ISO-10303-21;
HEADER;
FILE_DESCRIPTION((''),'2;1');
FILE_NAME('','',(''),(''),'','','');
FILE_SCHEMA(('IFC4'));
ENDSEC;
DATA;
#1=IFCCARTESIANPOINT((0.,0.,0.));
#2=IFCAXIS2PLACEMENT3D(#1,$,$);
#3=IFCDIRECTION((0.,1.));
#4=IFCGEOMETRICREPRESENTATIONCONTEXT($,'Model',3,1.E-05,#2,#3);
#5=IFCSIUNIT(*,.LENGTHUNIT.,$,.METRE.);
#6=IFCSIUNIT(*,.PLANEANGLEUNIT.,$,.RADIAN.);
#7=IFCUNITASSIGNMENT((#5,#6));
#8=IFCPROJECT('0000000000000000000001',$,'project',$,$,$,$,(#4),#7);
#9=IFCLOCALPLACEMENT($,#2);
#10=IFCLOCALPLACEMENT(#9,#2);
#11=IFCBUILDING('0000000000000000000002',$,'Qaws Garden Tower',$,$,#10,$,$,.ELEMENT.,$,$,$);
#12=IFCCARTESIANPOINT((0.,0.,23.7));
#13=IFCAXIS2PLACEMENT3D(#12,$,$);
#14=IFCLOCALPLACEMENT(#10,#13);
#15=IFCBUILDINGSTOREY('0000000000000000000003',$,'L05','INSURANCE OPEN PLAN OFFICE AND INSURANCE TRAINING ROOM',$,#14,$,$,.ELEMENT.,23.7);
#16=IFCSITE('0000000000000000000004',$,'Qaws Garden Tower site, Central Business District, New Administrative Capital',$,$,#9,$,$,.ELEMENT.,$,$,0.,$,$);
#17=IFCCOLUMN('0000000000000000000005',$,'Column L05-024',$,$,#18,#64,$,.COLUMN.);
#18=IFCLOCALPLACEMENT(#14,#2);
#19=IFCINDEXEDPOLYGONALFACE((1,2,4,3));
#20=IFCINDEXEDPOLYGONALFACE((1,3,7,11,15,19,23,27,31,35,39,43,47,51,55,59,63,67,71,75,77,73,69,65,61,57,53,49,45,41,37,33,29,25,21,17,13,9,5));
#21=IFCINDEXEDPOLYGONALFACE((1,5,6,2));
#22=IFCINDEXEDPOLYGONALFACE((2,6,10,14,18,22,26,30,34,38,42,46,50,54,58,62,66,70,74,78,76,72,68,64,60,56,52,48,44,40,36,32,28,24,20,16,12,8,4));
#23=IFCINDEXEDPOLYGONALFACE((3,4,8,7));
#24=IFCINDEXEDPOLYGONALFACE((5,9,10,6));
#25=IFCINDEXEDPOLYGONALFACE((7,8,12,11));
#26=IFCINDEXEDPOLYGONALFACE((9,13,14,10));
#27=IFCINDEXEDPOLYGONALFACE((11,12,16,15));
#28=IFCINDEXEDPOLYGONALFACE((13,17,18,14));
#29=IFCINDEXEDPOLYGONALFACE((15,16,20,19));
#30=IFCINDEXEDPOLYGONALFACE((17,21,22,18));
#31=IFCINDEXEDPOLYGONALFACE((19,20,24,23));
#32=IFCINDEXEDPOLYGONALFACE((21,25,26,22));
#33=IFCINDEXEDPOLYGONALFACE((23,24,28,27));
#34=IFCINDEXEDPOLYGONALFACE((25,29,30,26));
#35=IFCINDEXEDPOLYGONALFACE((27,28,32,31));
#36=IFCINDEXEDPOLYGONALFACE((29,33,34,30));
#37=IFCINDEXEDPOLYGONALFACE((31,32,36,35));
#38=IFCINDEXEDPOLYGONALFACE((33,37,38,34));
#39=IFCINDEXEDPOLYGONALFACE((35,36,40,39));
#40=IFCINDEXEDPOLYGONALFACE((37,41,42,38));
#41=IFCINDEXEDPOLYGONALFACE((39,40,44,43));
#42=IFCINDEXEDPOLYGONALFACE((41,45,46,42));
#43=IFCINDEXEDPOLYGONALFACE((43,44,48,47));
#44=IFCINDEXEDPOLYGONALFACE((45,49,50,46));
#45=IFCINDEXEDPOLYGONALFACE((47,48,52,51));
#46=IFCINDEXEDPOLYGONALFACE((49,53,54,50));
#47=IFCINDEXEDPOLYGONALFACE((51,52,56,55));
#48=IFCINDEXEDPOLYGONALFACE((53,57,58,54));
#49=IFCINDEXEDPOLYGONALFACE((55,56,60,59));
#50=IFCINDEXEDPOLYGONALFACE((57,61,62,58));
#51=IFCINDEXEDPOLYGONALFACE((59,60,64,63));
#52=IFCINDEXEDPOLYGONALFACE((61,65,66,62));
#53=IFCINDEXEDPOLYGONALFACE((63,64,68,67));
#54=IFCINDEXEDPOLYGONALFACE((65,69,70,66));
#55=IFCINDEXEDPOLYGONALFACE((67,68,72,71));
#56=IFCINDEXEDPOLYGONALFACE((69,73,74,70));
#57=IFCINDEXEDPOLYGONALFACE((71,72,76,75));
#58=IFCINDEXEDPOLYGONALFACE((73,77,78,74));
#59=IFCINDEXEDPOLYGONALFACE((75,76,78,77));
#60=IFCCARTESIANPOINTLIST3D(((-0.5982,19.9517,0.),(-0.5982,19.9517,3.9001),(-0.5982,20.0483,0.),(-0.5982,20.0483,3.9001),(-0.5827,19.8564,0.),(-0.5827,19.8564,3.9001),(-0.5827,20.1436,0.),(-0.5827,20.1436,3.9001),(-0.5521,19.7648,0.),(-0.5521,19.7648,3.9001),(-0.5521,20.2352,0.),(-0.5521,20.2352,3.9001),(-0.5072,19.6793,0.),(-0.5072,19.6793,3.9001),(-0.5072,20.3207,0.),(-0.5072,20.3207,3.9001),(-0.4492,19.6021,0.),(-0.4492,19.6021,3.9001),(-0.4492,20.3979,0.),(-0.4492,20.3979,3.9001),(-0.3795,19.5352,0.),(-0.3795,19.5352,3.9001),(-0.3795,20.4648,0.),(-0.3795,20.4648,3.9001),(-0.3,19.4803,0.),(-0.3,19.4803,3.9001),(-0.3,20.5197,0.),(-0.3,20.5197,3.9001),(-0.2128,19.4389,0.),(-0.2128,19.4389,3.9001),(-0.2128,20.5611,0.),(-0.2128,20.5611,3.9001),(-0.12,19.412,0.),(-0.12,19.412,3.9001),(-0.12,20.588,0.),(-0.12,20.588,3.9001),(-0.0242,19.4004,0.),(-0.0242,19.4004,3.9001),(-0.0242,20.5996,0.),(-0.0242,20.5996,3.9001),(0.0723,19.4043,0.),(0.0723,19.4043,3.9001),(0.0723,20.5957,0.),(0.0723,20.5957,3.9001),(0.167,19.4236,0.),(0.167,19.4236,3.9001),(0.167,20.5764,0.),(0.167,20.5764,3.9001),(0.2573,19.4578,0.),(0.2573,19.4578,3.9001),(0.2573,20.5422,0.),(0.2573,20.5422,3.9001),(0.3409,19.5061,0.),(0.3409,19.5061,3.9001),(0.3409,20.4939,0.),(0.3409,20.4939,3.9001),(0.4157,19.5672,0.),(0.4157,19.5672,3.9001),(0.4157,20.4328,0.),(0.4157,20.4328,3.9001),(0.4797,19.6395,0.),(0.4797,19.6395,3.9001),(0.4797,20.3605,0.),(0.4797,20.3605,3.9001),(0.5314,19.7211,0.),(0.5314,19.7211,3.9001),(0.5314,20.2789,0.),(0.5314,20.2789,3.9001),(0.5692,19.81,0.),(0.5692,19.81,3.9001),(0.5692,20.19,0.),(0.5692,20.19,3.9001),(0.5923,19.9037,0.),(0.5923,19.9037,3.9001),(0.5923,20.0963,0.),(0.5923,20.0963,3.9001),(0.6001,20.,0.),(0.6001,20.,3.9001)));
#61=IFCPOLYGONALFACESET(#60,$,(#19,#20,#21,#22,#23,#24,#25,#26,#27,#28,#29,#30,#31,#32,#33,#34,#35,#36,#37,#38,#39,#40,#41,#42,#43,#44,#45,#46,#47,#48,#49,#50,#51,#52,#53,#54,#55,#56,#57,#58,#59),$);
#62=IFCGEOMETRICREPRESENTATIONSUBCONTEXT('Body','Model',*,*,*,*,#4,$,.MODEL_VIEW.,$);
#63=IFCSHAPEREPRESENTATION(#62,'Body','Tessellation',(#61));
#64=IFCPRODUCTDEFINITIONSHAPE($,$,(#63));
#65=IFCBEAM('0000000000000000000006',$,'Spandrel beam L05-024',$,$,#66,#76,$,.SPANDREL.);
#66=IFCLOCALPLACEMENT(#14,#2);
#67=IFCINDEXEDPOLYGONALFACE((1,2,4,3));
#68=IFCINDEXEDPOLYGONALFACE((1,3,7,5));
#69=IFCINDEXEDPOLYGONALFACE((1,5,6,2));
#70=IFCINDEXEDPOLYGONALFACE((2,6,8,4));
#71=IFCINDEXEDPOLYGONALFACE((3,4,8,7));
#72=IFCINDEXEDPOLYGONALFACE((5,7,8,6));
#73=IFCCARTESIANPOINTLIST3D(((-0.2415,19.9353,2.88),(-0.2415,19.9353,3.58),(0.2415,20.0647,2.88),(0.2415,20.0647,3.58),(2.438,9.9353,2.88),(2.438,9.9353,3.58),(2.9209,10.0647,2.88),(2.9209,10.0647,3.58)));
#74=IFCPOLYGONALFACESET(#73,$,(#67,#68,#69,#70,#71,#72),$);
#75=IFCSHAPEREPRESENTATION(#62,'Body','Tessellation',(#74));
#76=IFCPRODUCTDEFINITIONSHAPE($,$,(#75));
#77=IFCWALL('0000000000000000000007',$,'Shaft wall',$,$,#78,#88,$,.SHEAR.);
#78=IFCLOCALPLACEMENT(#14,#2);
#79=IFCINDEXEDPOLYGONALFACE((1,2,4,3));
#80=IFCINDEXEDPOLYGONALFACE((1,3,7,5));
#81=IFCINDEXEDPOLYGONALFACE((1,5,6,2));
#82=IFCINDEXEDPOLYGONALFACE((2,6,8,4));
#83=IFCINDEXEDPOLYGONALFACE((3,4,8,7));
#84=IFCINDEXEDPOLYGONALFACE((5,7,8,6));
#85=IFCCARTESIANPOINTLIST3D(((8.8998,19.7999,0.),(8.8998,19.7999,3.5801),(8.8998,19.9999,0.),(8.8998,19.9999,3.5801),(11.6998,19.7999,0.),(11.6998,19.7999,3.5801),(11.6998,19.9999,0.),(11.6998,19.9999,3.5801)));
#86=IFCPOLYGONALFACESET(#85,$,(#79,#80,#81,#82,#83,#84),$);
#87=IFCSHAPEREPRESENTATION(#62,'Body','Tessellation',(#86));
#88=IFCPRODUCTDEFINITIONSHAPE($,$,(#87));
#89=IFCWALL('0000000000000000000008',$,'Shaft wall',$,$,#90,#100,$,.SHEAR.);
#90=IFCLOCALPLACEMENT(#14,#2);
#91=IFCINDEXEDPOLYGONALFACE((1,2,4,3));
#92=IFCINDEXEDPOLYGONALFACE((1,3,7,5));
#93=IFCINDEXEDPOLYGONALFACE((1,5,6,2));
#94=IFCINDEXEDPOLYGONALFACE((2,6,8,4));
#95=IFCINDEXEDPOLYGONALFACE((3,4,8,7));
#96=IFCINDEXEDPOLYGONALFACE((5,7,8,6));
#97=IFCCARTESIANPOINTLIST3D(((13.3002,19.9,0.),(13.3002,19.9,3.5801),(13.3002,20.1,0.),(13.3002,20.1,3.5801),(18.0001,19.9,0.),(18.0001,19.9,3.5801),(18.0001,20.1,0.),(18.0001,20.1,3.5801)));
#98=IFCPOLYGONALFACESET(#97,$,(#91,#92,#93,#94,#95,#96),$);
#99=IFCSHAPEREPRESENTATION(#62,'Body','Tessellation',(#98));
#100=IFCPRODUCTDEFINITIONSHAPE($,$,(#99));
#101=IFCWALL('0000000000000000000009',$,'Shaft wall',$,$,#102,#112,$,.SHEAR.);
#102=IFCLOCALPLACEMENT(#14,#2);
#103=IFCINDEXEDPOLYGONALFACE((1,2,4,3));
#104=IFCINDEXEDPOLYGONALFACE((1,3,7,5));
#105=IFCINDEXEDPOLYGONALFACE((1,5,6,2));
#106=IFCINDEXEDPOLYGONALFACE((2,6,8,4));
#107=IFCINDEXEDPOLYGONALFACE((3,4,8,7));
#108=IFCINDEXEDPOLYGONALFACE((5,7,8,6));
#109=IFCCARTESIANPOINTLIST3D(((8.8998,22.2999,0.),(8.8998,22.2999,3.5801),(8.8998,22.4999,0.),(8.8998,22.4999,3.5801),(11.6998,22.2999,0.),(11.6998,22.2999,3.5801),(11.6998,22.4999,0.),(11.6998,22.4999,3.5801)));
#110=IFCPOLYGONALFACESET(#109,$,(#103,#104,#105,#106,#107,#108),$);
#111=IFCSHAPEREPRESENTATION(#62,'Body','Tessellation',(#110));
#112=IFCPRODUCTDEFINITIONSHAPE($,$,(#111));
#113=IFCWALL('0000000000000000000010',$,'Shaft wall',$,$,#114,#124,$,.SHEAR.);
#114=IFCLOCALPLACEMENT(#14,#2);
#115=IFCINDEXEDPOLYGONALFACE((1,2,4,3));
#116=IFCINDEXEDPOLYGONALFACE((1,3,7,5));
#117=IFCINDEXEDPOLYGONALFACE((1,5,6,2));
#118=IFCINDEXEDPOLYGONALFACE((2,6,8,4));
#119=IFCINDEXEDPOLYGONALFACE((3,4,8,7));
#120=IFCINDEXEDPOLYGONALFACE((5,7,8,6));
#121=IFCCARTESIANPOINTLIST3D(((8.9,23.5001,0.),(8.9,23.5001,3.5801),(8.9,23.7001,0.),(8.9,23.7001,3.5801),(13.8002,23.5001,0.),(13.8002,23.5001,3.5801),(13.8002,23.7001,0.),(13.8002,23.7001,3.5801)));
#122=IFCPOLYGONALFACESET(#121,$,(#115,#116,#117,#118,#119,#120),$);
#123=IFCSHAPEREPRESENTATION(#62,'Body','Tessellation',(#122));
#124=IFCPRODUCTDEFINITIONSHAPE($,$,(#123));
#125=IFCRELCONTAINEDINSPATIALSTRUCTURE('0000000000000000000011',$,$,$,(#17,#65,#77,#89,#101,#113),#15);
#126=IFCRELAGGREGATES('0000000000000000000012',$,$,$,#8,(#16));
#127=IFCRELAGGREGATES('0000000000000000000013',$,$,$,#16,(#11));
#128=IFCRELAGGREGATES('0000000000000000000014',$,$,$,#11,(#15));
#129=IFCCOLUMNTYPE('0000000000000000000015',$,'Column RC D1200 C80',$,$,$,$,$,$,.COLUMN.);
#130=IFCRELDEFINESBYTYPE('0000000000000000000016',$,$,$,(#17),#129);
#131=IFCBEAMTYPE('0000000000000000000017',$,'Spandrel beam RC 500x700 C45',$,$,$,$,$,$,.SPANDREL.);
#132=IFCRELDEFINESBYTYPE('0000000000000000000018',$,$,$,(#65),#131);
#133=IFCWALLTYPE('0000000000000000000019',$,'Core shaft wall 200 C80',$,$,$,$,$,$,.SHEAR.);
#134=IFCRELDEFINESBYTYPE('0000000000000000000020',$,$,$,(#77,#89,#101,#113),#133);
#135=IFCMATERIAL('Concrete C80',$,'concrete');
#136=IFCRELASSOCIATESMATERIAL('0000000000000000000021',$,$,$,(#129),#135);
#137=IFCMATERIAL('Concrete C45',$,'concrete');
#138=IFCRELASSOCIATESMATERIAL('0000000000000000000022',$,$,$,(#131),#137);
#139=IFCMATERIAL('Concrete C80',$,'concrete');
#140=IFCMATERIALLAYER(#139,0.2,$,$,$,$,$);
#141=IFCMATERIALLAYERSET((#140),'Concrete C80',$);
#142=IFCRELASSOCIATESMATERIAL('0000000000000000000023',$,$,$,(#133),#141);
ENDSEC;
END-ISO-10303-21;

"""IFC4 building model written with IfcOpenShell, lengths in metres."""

from ifc_helpers import new_model, si_unit, direction, frame, frame_2d, origin, origin_2d, place, context, subcontext, project, spatial, rectangle, circle, extrude, material, layer, layer_set, material_profile, profile_set, type_object, element, save


model = new_model("IFC4")

# Units and contexts
model_context = context("Model", 3, precision=1e-05, world=origin(), true_north=direction((0.0, 1.0)))
body_context = subcontext(model_context, "Body", "Model", "MODEL_VIEW")
ifc_project = project(units=[si_unit("LENGTHUNIT", "METRE"), si_unit("PLANEANGLEUNIT", "RADIAN")], contexts=[model_context])

# Site, building, storey
site_placement = place(None, origin())
site = spatial("IfcSite", under=ifc_project, at=site_placement, Name="Qaws Garden Tower site, Central Business District, New Administrative Capital", CompositionType="ELEMENT", RefElevation=0.0)
building_placement = place(site_placement, origin())
building = spatial("IfcBuilding", under=site, at=building_placement, Name="Qaws Garden Tower", CompositionType="ELEMENT")
storey_placement = place(building_placement, frame((0.0, 0.0, 23.7)))
storey = spatial("IfcBuildingStorey", under=building, at=storey_placement, Name="L05", Description="INSURANCE OPEN PLAN OFFICE AND INSURANCE TRAINING ROOM", CompositionType="ELEMENT", Elevation=23.7)

# Column
ifc_material_1 = material(Name="Concrete C80", Category="concrete")
ifc_material_profile_1 = material_profile(ifc_material_1, circle(Radius=0.6001, at=origin_2d()), Name="RC D1200")
ifc_profile_set_1 = profile_set([ifc_material_profile_1], Name="Concrete C80")
column_type = type_object("IfcColumnType", Name="Column RC D1200 C80", PredefinedType="COLUMN", material=ifc_profile_set_1)
column_placement = place(storey_placement, frame((0.0, 20.0, 0.0), z_axis=(0.0, 0.0, 1.0), x_axis=(1.0, 0.0, 0.0)))
element("IfcColumn", 1, at=column_placement, inside=storey, type_object=column_type, Name="Column L05-024", PredefinedType="COLUMN", context=body_context, shape_type="SweptSolid", body=[
    extrude(circle(Radius=0.6001, at=origin_2d()), origin(), (0.0, 0.0, 1.0), 3.9001),
])

# Beam
ifc_material_2 = material(Name="Concrete C45", Category="concrete")
ifc_material_profile_2 = material_profile(ifc_material_2, rectangle(XDim=0.5, YDim=0.7, at=origin_2d()), Name="RC 500x700")
ifc_profile_set_2 = profile_set([ifc_material_profile_2], Name="Concrete C45")
beam_type = type_object("IfcBeamType", Name="Spandrel beam RC 500x700 C45", PredefinedType="SPANDREL", material=ifc_profile_set_2)
beam_placement = place(storey_placement, frame((0.0, 20.0, 3.23), z_axis=(0.258815, -0.965927, 0.0), x_axis=(0.965927, 0.258815, 0.0)))
element("IfcBeam", 2, at=beam_placement, inside=storey, type_object=beam_type, Name="Spandrel beam L05-024", PredefinedType="SPANDREL", context=body_context, shape_type="SweptSolid", body=[
    extrude(rectangle(XDim=0.5, YDim=0.7, at=origin_2d()), origin(), (0.0, 0.0, 1.0), 10.3528),
])

# Walls
ifc_material_3 = material(Name="Concrete C80", Category="concrete")
ifc_layer_1 = layer(ifc_material_3, 0.2)
ifc_layer_set_1 = layer_set([ifc_layer_1], Name="Concrete C80")
wall_type_1 = type_object("IfcWallType", Name="Core shaft wall 200 C80", PredefinedType="SHEAR", material=ifc_layer_set_1)
wall_1_placement = place(storey_placement, frame((8.8999, 19.8999, 0.0), z_axis=(0.0, 0.0, 1.0), x_axis=(1.0, 0.0, 0.0)))
element("IfcWall", 3, at=wall_1_placement, inside=storey, type_object=wall_type_1, Name="Shaft wall", PredefinedType="SHEAR", context=body_context, shape_type="SweptSolid", body=[
    extrude(rectangle(XDim=2.8, YDim=0.2, at=frame_2d((1.3999, 0.0))), origin(), (0.0, 0.0, 1.0), 3.5801),
])
wall_2_placement = place(storey_placement, frame((13.3, 20.0, 0.0), z_axis=(0.0, 0.0, 1.0), x_axis=(1.0, 0.0, 0.0)))
element("IfcWall", 4, at=wall_2_placement, inside=storey, type_object=wall_type_1, Name="Shaft wall", PredefinedType="SHEAR", context=body_context, shape_type="SweptSolid", body=[
    extrude(rectangle(XDim=4.7, YDim=0.2, at=frame_2d((2.3501, 0.0))), origin(), (0.0, 0.0, 1.0), 3.5801),
])
wall_3_placement = place(storey_placement, frame((8.8999, 22.3999, 0.0), z_axis=(0.0, 0.0, 1.0), x_axis=(1.0, 0.0, 0.0)))
element("IfcWall", 5, at=wall_3_placement, inside=storey, type_object=wall_type_1, Name="Shaft wall", PredefinedType="SHEAR", context=body_context, shape_type="SweptSolid", body=[
    extrude(rectangle(XDim=2.8, YDim=0.2, at=frame_2d((1.3999, 0.0))), origin(), (0.0, 0.0, 1.0), 3.5801),
])
wall_4_placement = place(storey_placement, frame((8.8999, 23.6001, 0.0), z_axis=(0.0, 0.0, 1.0), x_axis=(1.0, 0.0, 0.0)))
element("IfcWall", 6, at=wall_4_placement, inside=storey, type_object=wall_type_1, Name="Shaft wall", PredefinedType="SHEAR", context=body_context, shape_type="SweptSolid", body=[
    extrude(rectangle(XDim=4.9001, YDim=0.2, at=frame_2d((2.4502, 0.0))), origin(), (0.0, 0.0, 1.0), 3.5801),
])

save(model, "model.ifc")
